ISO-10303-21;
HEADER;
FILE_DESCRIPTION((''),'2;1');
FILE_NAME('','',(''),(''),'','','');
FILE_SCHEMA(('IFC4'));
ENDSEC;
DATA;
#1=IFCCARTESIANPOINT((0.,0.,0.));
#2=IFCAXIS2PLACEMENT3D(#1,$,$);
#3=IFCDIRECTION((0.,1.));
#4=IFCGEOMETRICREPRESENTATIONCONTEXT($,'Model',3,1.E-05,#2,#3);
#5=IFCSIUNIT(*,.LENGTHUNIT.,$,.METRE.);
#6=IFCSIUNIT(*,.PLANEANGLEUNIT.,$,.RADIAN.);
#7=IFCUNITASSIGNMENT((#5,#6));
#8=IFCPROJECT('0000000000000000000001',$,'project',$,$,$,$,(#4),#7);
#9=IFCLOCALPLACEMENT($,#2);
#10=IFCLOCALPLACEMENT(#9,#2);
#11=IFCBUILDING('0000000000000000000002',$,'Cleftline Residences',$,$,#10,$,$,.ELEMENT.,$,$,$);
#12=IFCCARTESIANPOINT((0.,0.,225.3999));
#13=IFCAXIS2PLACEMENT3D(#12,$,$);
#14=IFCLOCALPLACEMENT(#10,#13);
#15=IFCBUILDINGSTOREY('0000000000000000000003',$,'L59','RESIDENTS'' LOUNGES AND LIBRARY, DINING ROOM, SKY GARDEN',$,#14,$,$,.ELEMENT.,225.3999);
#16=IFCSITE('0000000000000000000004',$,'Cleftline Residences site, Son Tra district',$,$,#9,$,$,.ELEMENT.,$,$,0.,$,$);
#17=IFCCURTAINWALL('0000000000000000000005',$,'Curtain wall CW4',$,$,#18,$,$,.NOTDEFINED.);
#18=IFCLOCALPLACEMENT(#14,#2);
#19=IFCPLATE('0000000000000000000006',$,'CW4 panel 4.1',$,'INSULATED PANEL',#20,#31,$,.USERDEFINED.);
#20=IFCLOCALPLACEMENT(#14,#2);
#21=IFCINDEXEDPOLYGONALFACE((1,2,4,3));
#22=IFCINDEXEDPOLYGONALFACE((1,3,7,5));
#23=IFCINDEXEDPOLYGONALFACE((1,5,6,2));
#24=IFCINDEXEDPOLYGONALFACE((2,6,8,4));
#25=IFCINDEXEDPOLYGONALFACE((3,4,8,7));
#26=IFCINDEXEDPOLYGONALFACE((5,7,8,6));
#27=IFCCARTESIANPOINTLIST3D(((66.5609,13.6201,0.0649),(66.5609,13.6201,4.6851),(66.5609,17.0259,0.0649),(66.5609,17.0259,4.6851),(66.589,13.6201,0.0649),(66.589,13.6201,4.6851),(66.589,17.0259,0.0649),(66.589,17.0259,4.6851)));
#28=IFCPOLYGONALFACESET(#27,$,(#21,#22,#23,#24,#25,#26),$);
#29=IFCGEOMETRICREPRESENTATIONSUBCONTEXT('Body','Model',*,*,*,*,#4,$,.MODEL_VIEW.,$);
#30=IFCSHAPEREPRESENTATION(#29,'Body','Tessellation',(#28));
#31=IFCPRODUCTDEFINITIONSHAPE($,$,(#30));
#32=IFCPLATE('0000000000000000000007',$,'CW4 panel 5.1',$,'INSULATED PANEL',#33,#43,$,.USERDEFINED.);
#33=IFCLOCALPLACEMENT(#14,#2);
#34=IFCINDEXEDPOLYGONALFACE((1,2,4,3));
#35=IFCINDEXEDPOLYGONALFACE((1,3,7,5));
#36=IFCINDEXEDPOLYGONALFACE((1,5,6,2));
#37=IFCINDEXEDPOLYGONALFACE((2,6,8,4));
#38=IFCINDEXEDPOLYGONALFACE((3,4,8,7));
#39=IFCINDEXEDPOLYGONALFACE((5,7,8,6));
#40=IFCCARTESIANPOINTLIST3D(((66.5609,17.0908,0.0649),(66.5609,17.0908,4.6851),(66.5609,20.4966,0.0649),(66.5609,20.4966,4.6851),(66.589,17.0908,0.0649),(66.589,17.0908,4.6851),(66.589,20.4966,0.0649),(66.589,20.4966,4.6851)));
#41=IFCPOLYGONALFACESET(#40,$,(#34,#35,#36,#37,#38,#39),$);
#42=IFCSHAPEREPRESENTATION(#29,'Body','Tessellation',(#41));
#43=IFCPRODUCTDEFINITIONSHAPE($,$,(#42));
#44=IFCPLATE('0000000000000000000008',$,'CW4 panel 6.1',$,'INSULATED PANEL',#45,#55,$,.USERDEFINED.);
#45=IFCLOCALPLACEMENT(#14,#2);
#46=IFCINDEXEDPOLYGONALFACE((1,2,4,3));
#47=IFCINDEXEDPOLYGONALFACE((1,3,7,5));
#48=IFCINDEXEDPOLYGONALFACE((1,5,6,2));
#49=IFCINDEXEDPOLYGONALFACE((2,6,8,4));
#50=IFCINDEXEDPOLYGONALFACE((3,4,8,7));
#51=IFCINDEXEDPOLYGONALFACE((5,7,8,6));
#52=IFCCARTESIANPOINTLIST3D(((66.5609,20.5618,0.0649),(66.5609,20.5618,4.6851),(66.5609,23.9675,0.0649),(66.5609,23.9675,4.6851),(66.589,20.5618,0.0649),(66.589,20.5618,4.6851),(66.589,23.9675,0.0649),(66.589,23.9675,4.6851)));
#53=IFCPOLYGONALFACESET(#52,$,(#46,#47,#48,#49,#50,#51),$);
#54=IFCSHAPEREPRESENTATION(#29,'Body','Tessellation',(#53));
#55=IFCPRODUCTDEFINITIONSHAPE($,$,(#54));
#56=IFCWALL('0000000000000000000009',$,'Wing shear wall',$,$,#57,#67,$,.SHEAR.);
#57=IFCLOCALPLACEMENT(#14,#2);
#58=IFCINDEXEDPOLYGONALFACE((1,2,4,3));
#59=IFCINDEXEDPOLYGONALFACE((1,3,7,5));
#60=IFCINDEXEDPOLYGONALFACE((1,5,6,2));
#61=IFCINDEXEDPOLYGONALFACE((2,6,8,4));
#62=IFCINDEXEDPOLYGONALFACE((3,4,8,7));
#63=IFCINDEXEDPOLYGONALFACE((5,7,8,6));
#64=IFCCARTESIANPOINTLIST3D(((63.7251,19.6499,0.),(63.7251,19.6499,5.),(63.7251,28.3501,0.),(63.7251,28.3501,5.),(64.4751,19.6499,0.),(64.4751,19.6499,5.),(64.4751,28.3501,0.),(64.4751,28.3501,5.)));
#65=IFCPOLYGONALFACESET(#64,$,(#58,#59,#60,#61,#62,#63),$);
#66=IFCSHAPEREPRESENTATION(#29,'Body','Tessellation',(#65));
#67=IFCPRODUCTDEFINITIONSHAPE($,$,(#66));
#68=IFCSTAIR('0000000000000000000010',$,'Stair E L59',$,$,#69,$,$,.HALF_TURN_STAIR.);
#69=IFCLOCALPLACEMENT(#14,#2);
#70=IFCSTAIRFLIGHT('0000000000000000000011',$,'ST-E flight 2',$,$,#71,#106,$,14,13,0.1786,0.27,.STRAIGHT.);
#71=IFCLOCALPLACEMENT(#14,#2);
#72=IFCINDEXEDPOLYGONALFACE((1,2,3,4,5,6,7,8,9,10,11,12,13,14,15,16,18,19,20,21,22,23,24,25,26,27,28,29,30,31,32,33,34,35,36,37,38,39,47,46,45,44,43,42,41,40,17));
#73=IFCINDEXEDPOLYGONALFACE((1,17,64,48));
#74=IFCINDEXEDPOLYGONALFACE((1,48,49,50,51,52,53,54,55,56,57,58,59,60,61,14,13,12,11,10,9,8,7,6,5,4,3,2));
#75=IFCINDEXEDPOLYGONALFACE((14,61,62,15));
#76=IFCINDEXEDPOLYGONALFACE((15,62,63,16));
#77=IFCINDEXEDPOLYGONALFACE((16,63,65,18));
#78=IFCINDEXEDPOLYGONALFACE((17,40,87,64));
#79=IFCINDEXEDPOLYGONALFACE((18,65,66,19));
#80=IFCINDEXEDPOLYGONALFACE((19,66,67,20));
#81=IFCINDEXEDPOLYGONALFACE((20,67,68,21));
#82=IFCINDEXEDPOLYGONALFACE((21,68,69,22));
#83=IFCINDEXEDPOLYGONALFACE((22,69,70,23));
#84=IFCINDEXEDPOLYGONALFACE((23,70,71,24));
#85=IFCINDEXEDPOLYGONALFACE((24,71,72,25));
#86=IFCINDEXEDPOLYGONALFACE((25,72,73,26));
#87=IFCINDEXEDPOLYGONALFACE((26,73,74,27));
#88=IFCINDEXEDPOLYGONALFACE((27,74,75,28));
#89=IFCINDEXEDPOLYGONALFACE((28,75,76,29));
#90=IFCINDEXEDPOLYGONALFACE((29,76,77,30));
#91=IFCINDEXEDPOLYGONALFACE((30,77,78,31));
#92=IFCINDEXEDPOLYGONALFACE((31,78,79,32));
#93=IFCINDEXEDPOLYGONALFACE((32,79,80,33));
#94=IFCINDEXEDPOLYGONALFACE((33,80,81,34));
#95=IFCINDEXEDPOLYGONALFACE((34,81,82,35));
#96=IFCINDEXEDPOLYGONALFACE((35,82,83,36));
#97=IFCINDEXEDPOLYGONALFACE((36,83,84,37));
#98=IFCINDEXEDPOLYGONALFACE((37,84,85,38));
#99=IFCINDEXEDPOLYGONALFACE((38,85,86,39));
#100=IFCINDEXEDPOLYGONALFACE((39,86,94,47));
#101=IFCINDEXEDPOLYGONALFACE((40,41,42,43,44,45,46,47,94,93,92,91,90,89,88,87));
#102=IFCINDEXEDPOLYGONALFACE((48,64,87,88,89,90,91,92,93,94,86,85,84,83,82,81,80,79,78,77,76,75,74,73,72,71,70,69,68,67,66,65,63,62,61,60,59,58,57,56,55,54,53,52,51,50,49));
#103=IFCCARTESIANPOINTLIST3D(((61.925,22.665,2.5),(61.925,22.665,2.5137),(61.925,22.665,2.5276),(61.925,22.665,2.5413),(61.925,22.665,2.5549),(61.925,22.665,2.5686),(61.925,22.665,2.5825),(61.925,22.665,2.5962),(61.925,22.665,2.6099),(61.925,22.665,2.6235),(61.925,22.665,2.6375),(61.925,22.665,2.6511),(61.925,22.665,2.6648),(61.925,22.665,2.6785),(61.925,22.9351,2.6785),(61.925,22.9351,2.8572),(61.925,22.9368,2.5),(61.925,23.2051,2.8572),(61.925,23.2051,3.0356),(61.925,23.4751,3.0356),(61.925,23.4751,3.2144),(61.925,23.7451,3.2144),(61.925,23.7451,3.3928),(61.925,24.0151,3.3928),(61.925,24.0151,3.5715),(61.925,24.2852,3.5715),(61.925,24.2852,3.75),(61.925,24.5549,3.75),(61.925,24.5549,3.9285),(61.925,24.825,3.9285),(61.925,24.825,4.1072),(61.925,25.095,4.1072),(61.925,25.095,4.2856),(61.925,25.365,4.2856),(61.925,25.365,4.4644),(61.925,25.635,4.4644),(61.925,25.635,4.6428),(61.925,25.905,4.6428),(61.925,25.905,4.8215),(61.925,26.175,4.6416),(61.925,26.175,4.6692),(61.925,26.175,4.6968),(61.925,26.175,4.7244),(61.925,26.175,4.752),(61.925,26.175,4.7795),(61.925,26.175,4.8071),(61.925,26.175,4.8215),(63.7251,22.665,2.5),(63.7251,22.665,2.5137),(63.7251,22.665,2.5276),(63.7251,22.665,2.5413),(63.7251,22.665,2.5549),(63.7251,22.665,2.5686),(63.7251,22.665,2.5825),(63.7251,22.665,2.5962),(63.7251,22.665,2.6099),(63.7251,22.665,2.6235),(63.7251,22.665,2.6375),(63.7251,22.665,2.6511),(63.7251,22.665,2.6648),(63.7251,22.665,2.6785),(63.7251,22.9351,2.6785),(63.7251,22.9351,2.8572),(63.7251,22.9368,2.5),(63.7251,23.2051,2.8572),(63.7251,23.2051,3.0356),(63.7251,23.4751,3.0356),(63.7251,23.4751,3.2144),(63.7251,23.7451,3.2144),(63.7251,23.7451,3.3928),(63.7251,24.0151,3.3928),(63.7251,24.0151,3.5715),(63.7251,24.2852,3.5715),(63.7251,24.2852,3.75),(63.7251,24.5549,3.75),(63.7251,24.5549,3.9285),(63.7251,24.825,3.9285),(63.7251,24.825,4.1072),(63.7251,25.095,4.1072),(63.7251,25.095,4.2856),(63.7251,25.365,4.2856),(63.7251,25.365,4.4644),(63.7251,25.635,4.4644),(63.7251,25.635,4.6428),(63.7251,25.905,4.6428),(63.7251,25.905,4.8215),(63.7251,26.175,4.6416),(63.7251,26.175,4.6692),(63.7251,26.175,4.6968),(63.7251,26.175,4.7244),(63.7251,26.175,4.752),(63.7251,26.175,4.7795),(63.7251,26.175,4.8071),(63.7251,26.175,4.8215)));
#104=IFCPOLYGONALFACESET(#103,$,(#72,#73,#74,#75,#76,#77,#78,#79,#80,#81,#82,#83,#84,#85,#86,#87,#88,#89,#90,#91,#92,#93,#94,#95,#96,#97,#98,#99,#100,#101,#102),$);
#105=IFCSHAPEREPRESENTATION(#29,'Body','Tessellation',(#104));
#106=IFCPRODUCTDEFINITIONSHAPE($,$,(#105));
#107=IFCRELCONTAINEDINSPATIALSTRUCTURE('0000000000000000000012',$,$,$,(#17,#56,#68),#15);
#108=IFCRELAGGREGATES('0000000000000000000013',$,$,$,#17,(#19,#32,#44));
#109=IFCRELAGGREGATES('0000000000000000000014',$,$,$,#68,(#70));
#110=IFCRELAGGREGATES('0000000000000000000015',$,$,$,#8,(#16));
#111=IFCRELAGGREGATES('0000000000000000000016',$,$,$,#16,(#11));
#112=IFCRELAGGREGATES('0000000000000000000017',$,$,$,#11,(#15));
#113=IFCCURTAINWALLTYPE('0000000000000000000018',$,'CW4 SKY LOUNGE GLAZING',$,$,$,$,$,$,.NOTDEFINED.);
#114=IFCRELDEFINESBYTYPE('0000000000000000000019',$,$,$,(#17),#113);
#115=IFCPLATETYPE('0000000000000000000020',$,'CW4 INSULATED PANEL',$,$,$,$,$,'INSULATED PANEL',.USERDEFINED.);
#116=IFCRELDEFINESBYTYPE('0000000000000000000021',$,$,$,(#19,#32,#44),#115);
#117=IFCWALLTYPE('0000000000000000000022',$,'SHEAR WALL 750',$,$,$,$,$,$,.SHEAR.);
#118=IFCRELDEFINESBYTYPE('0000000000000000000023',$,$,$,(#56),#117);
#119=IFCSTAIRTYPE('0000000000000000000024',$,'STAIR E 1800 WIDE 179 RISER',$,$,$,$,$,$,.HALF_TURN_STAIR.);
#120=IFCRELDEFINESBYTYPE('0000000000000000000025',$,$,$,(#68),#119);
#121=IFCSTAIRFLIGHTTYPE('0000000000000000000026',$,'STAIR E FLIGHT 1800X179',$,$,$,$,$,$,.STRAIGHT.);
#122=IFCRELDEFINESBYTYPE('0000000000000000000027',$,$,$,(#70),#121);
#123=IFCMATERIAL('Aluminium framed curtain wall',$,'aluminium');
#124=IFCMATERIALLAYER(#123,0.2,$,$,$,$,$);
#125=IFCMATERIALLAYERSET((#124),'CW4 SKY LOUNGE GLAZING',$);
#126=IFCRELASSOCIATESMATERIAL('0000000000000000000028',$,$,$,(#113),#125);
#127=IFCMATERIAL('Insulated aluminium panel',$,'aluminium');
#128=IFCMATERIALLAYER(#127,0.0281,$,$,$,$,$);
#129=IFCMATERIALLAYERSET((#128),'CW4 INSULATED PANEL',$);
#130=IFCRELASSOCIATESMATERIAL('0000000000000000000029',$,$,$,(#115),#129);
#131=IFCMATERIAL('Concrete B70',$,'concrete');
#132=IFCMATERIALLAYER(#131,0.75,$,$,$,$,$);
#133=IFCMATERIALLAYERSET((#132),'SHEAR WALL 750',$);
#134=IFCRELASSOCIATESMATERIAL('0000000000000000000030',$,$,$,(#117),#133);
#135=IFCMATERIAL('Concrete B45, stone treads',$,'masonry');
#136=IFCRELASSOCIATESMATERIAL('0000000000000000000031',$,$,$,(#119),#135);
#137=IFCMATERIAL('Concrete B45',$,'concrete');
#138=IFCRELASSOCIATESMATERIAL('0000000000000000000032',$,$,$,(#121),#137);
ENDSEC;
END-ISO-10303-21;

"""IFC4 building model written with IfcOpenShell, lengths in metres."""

from ifc_helpers import new_model, si_unit, direction, frame, frame_2d, origin, origin_2d, place, context, subcontext, project, spatial, polyline, rectangle, outline, extrude, material, layer, layer_set, type_object, element, aggregate, save


model = new_model("IFC4")

# Units and contexts
model_context = context("Model", 3, precision=1e-05, world=origin(), true_north=direction((0.0, 1.0)))
body_context = subcontext(model_context, "Body", "Model", "MODEL_VIEW")
ifc_project = project(units=[si_unit("LENGTHUNIT", "METRE"), si_unit("PLANEANGLEUNIT", "RADIAN")], contexts=[model_context])

# Site, building, storey
site_placement = place(None, origin())
site = spatial("IfcSite", under=ifc_project, at=site_placement, Name="Cleftline Residences site, Son Tra district", CompositionType="ELEMENT", RefElevation=0.0)
building_placement = place(site_placement, origin())
building = spatial("IfcBuilding", under=site, at=building_placement, Name="Cleftline Residences", CompositionType="ELEMENT")
storey_placement = place(building_placement, frame((0.0, 0.0, 225.3999)))
storey = spatial("IfcBuildingStorey", under=building, at=storey_placement, Name="L59", Description="RESIDENTS' LOUNGES AND LIBRARY, DINING ROOM, SKY GARDEN", CompositionType="ELEMENT", Elevation=225.3999)

# Curtain wall, plates
ifc_material_1 = material(Name="Aluminium framed curtain wall", Category="aluminium")
ifc_layer_1 = layer(ifc_material_1, 0.2)
ifc_layer_set_1 = layer_set([ifc_layer_1], Name="CW4 SKY LOUNGE GLAZING")
curtain_wall_type = type_object("IfcCurtainWallType", Name="CW4 SKY LOUNGE GLAZING", PredefinedType="NOTDEFINED", material=ifc_layer_set_1)
curtain_wall_placement = place(storey_placement, origin())
curtain_wall = element("IfcCurtainWall", 1, at=curtain_wall_placement, inside=storey, type_object=curtain_wall_type, Name="Curtain wall CW4", PredefinedType="NOTDEFINED")
ifc_material_2 = material(Name="Insulated aluminium panel", Category="aluminium")
ifc_layer_2 = layer(ifc_material_2, 0.0281)
ifc_layer_set_2 = layer_set([ifc_layer_2], Name="CW4 INSULATED PANEL")
plate_type = type_object("IfcPlateType", Name="CW4 INSULATED PANEL", ElementType="INSULATED PANEL", PredefinedType="USERDEFINED", material=ifc_layer_set_2)
plate_1_placement = place(storey_placement, frame((66.575, 15.323, 0.0649), z_axis=(0.0, 0.0, 1.0), x_axis=(0.0, 1.0, 0.0)))
plate_1 = element("IfcPlate", 2, at=plate_1_placement, type_object=plate_type, Name="CW4 panel 4.1", ObjectType="INSULATED PANEL", PredefinedType="USERDEFINED", context=body_context, shape_type="SweptSolid", body=[
    extrude(rectangle(XDim=3.4058, YDim=0.0281, at=origin_2d()), origin(), (0.0, 0.0, 1.0), 4.6201),
])
plate_2_placement = place(storey_placement, frame((66.575, 18.7937, 0.0649), z_axis=(0.0, 0.0, 1.0), x_axis=(0.0, 1.0, 0.0)))
plate_2 = element("IfcPlate", 3, at=plate_2_placement, type_object=plate_type, Name="CW4 panel 5.1", ObjectType="INSULATED PANEL", PredefinedType="USERDEFINED", context=body_context, shape_type="SweptSolid", body=[
    extrude(rectangle(XDim=3.4058, YDim=0.0281, at=origin_2d()), origin(), (0.0, 0.0, 1.0), 4.6201),
])
plate_3_placement = place(storey_placement, frame((66.575, 22.2646, 0.0649), z_axis=(0.0, 0.0, 1.0), x_axis=(0.0, 1.0, 0.0)))
plate_3 = element("IfcPlate", 4, at=plate_3_placement, type_object=plate_type, Name="CW4 panel 6.1", ObjectType="INSULATED PANEL", PredefinedType="USERDEFINED", context=body_context, shape_type="SweptSolid", body=[
    extrude(rectangle(XDim=3.4058, YDim=0.0281, at=origin_2d()), origin(), (0.0, 0.0, 1.0), 4.6201),
])
aggregate(curtain_wall, [plate_1, plate_2, plate_3])

# Wall
ifc_material_3 = material(Name="Concrete B70", Category="concrete")
ifc_layer_3 = layer(ifc_material_3, 0.75)
ifc_layer_set_3 = layer_set([ifc_layer_3], Name="SHEAR WALL 750")
wall_type = type_object("IfcWallType", Name="SHEAR WALL 750", PredefinedType="SHEAR", material=ifc_layer_set_3)
wall_placement = place(storey_placement, frame((64.1001, 19.6499, 0.0), z_axis=(0.0, 0.0, 1.0), x_axis=(0.0, 1.0, 0.0)))
element("IfcWall", 5, at=wall_placement, inside=storey, type_object=wall_type, Name="Wing shear wall", PredefinedType="SHEAR", context=body_context, shape_type="SweptSolid", body=[
    extrude(rectangle(XDim=8.7002, YDim=0.75, at=frame_2d((4.3501, 0.0))), origin(), (0.0, 0.0, 1.0), 5.0),
])

# Stair, stair flight
ifc_material_4 = material(Name="Concrete B45, stone treads", Category="masonry")
stair_type = type_object("IfcStairType", Name="STAIR E 1800 WIDE 179 RISER", PredefinedType="HALF_TURN_STAIR", material=ifc_material_4)
stair_placement = place(storey_placement, origin())
stair = element("IfcStair", 6, at=stair_placement, inside=storey, type_object=stair_type, Name="Stair E L59", PredefinedType="HALF_TURN_STAIR")
ifc_material_5 = material(Name="Concrete B45", Category="concrete")
stair_flight_type = type_object("IfcStairFlightType", Name="STAIR E FLIGHT 1800X179", PredefinedType="STRAIGHT", material=ifc_material_5)
stair_flight_placement = place(storey_placement, frame((62.825, 22.665, 2.5), z_axis=(0.0, 0.0, 1.0), x_axis=(0.0, 1.0, 0.0)))
stair_flight = element("IfcStairFlight", 7, at=stair_flight_placement, type_object=stair_flight_type, Name="ST-E flight 2", NumberOfRisers=14, NumberOfTreads=13, PredefinedType="STRAIGHT", RiserHeight=0.1786, TreadLength=0.27, context=body_context, shape_type="SweptSolid", body=[
    extrude(outline(polyline([(0.0, 0.0), (0.0, 0.0137), (0.0, 0.0276), (0.0, 0.0413), (0.0, 0.0549), (0.0, 0.0686), (0.0, 0.0825), (0.0, 0.0962), (0.0, 0.1099), (0.0, 0.1235), (0.0, 0.1375), (0.0, 0.1511), (0.0, 0.1648), (0.0, 0.1785), (0.27, 0.1785), (0.27, 0.3572), (0.54, 0.3572), (0.54, 0.5356), (0.8101, 0.5356), (0.8101, 0.7144), (1.0801, 0.7144), (1.0801, 0.8928), (1.3501, 0.8928), (1.3501, 1.0715), (1.6201, 1.0715), (1.6201, 1.25), (1.8899, 1.25), (1.8899, 1.4285), (2.1599, 1.4285), (2.1599, 1.6072), (2.4299, 1.6072), (2.4299, 1.7856), (2.7, 1.7856), (2.7, 1.9644), (2.97, 1.9644), (2.97, 2.1428), (3.24, 2.1428), (3.24, 2.3215), (3.51, 2.3215), (3.51, 2.5), (3.51, 2.4724), (3.51, 2.4448), (3.51, 2.4172), (3.51, 2.3896), (3.51, 2.3623), (3.51, 2.3347), (3.51, 2.3071), (3.51, 2.2795), (3.51, 2.252), (3.51, 2.2244), (3.51, 2.1968), (3.51, 2.1692), (3.51, 2.1416), (0.2717, 0.0), (0.0, 0.0)])), frame((0.0, 0.8999, 0.0), z_axis=(0.0, -1.0, 0.0), x_axis=(1.0, 0.0, 0.0)), (0.0, 0.0, 1.0), 1.8),
])
aggregate(stair, [stair_flight])

save(model, "model.ifc")
